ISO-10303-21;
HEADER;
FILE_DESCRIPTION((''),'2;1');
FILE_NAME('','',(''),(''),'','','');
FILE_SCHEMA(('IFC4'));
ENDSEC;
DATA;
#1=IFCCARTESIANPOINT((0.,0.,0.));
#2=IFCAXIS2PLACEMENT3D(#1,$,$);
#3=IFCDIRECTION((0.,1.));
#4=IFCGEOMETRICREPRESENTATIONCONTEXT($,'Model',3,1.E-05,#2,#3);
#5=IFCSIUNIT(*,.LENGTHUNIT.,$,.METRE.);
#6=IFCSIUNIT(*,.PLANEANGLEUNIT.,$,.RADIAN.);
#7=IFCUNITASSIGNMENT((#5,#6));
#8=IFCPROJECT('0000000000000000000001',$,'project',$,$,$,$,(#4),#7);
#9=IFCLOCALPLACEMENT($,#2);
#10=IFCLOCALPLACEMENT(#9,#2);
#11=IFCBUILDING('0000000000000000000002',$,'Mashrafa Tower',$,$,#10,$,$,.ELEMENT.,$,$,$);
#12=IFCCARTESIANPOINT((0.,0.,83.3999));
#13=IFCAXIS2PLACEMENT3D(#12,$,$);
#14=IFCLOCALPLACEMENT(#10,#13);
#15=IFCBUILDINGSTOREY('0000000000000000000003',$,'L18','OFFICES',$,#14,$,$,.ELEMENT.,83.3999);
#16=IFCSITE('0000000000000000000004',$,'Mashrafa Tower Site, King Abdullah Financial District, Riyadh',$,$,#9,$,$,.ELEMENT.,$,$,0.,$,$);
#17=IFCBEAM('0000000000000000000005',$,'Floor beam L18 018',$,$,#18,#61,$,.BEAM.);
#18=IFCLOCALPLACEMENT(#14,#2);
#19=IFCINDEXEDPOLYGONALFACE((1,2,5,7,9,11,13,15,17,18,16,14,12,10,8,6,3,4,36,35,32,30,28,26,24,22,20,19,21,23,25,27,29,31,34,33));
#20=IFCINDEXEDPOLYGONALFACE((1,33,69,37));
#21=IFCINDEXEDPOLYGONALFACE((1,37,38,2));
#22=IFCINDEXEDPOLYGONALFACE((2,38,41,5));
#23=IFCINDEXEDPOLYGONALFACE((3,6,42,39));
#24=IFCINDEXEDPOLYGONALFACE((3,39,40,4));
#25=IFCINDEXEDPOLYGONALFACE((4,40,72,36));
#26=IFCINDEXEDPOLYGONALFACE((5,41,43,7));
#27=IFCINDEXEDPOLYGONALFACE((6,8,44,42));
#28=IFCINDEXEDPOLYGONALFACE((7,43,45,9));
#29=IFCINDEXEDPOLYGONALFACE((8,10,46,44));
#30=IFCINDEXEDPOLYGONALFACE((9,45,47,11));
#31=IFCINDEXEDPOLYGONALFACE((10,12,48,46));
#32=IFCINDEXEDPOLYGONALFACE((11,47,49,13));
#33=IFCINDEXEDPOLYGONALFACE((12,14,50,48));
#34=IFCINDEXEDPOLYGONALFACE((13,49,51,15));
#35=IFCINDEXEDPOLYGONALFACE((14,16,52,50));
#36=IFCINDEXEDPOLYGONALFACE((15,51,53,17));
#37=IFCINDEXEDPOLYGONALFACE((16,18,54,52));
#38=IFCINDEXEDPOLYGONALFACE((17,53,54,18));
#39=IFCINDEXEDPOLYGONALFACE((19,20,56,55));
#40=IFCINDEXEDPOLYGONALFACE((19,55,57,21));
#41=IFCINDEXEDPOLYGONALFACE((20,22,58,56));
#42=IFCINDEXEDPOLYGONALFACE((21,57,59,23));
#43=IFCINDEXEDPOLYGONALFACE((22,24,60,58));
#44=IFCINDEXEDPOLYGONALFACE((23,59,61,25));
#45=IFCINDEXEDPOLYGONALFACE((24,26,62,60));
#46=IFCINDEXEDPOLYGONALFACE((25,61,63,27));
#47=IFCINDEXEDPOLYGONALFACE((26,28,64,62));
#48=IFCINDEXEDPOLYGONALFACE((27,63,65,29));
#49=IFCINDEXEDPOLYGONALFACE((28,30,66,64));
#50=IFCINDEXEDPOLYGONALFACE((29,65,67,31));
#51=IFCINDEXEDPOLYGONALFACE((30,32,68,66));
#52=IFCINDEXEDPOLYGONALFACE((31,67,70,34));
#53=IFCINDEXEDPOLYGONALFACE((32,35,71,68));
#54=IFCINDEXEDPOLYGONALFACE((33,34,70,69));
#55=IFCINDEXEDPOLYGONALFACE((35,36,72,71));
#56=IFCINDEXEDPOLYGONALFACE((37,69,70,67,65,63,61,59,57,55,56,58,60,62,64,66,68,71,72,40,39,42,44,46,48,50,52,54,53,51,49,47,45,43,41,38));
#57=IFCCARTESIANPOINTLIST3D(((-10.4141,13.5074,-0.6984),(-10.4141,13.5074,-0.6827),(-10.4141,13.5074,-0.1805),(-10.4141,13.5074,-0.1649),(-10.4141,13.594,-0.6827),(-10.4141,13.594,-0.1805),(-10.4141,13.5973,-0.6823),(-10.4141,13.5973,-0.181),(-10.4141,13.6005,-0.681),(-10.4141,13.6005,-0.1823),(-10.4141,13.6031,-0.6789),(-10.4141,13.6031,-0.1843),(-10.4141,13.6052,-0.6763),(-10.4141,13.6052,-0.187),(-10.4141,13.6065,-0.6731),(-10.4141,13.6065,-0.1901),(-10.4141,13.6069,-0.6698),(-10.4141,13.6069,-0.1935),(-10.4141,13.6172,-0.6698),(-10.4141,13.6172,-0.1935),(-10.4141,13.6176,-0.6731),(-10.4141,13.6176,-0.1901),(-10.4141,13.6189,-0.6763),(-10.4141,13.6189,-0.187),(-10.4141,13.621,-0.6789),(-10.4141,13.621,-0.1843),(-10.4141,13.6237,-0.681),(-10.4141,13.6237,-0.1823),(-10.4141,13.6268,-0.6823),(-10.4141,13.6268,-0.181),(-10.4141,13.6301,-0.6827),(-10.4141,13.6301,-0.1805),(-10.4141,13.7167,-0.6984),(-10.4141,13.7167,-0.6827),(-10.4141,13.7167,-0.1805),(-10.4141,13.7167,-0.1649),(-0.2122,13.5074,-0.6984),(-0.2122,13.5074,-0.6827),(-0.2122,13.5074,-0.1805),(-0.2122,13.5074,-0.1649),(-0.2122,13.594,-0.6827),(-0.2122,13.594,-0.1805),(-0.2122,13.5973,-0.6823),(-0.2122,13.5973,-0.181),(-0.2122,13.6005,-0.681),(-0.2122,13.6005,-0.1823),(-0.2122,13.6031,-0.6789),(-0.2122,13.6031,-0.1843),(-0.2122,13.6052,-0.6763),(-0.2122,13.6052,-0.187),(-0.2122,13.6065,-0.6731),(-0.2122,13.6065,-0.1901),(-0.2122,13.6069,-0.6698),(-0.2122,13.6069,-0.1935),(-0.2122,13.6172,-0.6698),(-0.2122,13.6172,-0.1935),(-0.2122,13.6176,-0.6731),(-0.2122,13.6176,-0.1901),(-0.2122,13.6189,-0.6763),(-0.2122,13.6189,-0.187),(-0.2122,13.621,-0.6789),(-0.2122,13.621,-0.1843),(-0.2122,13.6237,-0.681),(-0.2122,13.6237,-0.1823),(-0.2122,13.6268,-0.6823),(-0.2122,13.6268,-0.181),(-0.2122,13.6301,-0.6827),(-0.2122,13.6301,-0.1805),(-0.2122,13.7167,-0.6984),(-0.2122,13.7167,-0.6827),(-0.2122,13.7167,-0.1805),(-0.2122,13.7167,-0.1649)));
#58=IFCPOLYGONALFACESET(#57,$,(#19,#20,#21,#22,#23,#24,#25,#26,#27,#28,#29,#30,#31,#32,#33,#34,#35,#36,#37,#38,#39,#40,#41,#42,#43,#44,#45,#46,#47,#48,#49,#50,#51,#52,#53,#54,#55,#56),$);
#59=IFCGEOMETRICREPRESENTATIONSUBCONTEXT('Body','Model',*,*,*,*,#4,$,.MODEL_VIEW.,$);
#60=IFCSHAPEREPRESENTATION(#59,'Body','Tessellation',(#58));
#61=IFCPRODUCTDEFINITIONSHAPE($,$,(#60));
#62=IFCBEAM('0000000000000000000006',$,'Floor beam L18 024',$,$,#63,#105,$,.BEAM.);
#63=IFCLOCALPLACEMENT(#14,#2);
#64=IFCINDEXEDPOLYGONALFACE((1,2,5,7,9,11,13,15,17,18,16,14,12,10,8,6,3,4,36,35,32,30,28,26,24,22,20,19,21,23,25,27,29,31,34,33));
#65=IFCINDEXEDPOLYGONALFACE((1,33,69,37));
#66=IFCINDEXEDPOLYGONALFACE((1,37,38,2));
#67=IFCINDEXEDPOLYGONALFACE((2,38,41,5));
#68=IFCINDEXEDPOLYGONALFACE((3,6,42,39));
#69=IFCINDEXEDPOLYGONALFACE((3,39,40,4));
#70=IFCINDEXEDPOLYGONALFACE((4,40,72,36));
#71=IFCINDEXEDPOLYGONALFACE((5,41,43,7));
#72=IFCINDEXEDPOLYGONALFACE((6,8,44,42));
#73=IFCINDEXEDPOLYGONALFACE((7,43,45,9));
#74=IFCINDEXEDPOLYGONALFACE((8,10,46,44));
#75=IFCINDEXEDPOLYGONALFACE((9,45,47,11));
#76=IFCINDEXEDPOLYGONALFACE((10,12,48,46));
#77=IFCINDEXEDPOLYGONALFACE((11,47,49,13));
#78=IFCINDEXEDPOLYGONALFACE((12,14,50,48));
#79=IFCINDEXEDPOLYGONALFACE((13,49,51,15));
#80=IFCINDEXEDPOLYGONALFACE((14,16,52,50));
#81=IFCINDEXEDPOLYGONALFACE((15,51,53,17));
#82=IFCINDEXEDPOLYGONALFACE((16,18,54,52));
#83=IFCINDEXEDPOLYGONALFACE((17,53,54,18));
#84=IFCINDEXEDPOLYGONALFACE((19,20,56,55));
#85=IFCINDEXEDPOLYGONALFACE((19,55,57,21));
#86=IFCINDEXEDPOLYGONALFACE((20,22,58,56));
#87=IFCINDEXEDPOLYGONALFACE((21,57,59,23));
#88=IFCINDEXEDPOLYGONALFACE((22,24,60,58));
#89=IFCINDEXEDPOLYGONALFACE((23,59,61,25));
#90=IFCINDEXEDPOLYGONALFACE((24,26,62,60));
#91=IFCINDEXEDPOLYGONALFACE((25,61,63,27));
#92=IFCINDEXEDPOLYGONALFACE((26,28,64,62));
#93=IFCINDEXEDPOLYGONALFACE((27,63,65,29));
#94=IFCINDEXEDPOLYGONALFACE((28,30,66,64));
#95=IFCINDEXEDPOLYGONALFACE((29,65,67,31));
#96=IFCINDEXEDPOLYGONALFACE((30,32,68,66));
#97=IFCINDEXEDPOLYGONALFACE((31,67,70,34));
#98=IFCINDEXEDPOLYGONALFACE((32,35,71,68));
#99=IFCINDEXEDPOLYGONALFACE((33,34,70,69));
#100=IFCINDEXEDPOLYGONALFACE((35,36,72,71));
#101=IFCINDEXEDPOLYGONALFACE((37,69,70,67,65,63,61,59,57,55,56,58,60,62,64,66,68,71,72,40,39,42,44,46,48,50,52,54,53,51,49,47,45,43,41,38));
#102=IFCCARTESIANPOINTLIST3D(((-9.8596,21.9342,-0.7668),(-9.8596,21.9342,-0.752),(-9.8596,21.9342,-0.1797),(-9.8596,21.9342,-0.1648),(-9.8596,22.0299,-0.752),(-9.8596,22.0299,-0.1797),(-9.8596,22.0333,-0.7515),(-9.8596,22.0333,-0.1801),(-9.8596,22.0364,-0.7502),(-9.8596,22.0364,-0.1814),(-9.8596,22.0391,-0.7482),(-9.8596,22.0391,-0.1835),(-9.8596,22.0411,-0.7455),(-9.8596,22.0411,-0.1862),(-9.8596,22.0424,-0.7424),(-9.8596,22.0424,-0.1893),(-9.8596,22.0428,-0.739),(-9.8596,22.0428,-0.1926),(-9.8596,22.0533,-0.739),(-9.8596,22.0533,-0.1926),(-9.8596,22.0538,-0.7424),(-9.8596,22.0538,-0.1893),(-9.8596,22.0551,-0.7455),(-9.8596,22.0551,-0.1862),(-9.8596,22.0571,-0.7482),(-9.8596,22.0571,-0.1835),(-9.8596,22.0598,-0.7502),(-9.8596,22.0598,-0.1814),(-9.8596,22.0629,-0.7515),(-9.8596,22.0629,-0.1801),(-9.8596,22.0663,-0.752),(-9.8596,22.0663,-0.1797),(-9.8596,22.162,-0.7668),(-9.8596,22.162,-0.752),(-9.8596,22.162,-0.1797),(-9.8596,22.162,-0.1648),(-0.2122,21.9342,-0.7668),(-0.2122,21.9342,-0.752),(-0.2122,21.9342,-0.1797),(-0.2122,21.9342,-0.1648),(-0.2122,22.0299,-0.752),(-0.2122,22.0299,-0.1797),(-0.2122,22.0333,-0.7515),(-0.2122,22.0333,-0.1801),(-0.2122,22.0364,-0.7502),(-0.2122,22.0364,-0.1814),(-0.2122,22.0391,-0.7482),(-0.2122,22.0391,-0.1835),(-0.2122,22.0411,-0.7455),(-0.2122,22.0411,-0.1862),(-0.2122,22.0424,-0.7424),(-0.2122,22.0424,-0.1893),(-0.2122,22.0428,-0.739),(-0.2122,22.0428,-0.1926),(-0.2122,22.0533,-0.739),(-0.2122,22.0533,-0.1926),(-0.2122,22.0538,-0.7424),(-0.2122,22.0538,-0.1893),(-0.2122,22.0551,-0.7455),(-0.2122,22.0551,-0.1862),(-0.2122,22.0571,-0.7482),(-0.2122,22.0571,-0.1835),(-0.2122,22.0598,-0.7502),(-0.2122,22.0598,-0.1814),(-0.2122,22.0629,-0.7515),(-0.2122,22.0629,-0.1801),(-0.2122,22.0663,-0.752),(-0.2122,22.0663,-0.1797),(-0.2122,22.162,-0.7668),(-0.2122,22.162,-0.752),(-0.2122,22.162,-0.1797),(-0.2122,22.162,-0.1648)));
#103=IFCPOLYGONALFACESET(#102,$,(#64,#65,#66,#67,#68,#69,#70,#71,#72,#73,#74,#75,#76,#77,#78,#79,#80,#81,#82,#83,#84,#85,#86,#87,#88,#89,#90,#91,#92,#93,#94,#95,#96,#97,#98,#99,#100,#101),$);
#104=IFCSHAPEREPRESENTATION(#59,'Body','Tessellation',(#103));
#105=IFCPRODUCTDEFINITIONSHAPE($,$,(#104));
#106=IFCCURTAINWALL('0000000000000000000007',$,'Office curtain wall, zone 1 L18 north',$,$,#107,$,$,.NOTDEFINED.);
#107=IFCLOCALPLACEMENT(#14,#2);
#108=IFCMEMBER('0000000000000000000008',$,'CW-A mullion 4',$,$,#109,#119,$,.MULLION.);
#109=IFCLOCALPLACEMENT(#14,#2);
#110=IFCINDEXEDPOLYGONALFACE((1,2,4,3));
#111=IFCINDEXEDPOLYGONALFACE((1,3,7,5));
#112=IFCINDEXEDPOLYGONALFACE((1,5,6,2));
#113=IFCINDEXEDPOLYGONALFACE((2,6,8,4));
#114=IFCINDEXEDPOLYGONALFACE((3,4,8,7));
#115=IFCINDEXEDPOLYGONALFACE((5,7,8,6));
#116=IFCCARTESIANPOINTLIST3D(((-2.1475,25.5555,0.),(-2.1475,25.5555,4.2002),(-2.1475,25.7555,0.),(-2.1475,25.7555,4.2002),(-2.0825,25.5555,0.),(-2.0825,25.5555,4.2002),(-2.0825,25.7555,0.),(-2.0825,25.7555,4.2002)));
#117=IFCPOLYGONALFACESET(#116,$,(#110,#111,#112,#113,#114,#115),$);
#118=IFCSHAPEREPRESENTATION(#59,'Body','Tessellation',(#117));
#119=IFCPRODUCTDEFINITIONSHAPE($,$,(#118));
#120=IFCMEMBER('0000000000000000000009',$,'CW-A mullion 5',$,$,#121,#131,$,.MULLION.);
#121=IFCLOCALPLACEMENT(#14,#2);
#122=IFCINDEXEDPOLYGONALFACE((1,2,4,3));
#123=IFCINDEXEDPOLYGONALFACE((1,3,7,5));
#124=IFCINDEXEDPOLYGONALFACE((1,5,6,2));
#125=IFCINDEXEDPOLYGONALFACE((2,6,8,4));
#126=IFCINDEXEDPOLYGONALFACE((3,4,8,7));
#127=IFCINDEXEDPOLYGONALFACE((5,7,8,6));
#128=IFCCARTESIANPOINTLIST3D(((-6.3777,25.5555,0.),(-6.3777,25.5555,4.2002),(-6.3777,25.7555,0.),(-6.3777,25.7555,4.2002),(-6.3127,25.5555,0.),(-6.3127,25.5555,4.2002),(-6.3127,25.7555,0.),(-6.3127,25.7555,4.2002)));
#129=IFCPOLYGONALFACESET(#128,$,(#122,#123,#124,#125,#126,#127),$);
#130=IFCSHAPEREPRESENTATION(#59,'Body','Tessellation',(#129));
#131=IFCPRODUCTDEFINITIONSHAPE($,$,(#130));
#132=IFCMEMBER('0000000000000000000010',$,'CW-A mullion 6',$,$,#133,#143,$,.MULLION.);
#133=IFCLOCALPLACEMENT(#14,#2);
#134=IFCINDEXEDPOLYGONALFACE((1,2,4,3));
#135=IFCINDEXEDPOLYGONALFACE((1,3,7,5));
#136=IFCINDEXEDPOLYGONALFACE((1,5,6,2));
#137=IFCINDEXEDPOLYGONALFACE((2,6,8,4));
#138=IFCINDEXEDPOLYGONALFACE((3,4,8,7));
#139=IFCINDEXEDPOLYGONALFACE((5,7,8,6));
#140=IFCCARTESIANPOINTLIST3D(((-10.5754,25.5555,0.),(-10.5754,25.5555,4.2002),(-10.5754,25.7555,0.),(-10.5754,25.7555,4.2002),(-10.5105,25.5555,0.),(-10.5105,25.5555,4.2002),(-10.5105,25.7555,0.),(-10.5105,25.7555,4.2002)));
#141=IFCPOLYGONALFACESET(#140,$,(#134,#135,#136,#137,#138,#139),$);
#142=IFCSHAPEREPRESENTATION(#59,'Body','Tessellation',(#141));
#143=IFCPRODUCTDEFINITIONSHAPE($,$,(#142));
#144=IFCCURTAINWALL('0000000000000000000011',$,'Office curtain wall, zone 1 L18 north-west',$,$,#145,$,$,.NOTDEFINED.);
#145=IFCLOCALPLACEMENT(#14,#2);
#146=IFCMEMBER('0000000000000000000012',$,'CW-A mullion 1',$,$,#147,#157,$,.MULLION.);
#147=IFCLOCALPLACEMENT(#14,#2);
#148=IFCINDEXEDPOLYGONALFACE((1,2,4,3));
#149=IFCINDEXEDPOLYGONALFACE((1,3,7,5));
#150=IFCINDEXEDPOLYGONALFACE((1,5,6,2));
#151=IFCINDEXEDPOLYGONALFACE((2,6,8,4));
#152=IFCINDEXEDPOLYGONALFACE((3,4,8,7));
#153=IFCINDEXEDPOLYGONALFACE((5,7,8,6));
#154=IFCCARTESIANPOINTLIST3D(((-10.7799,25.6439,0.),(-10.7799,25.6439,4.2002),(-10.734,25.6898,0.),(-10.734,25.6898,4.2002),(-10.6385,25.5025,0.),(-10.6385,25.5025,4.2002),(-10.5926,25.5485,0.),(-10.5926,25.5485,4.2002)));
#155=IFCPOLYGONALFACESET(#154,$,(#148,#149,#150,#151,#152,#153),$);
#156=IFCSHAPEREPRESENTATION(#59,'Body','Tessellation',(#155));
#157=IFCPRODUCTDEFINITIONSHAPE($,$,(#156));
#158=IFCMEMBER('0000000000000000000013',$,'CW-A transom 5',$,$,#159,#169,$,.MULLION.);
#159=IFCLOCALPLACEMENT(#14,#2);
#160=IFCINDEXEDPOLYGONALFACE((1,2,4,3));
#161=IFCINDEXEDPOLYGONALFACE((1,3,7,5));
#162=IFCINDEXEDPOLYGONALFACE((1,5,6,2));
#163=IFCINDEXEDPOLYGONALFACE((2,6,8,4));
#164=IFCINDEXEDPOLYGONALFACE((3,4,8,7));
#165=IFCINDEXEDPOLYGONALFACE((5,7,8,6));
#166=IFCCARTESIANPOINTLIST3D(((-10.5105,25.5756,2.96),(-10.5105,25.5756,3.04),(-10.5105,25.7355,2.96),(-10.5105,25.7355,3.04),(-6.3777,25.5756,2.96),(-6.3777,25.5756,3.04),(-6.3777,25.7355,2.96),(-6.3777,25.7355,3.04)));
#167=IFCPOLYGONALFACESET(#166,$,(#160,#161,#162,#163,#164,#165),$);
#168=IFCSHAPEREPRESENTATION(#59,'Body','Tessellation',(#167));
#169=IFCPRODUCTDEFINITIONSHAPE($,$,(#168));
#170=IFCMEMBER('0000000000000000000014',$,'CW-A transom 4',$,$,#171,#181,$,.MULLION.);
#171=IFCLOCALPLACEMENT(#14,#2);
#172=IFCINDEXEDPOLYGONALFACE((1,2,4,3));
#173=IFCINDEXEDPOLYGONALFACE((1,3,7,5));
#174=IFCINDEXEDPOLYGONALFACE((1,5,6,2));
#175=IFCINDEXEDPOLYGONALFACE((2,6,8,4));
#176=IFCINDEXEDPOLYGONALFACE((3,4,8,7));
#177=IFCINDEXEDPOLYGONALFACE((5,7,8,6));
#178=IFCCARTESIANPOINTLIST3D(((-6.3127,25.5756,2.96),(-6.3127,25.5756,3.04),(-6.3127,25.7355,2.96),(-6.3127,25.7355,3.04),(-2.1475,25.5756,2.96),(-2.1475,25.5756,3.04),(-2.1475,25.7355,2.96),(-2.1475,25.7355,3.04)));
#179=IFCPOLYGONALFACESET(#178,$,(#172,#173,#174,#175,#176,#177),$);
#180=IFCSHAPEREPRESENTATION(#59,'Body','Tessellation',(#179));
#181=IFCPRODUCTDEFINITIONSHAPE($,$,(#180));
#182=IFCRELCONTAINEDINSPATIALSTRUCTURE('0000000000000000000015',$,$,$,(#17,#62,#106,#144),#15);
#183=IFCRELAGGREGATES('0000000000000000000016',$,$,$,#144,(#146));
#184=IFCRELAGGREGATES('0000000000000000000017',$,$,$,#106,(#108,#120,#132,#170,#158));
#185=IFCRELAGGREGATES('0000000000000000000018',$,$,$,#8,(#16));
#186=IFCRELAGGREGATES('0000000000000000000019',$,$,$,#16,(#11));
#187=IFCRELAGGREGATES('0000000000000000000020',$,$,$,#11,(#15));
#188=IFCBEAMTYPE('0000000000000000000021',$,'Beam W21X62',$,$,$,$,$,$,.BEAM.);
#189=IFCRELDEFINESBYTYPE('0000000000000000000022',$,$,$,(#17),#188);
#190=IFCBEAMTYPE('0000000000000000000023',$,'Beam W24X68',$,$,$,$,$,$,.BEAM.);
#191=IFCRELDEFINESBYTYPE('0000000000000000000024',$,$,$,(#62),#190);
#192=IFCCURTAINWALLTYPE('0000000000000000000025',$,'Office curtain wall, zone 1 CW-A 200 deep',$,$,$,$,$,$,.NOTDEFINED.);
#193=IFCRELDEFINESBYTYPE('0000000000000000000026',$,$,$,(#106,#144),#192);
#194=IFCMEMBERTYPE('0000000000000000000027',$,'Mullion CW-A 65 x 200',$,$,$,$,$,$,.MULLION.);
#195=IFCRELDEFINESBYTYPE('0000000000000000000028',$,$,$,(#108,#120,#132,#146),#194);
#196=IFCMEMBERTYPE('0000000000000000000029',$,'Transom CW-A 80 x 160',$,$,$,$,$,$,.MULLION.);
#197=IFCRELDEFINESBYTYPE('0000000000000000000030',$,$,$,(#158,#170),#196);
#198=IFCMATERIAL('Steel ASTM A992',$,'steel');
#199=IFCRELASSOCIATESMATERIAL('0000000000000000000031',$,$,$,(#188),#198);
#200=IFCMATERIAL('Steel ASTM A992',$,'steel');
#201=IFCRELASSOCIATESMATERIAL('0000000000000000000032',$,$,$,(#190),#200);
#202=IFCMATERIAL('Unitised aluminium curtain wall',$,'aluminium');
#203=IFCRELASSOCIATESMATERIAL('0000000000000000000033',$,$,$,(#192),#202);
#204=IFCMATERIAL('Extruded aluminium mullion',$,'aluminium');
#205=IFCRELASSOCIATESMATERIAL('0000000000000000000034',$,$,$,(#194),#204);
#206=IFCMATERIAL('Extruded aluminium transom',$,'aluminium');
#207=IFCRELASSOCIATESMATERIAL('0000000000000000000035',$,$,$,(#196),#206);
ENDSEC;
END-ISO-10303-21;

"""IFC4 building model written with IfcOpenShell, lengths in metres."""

from ifc_helpers import new_model, si_unit, direction, frame, origin, origin_2d, place, context, subcontext, project, spatial, rectangle, i_section, extrude, source, transform, mapped, material, material_profile, profile_set, type_object, type_shapes, element, aggregate, save


model = new_model("IFC4")

# Units and contexts
model_context = context("Model", 3, precision=1e-05, world=origin(), true_north=direction((0.0, 1.0)))
body_context = subcontext(model_context, "Body", "Model", "MODEL_VIEW")
ifc_project = project(units=[si_unit("LENGTHUNIT", "METRE"), si_unit("PLANEANGLEUNIT", "RADIAN")], contexts=[model_context])

# Site, building, storey
site_placement = place(None, origin())
site = spatial("IfcSite", under=ifc_project, at=site_placement, Name="Mashrafa Tower Site, King Abdullah Financial District, Riyadh", CompositionType="ELEMENT", RefElevation=0.0)
building_placement = place(site_placement, origin())
building = spatial("IfcBuilding", under=site, at=building_placement, Name="Mashrafa Tower", CompositionType="ELEMENT")
storey_placement = place(building_placement, frame((0.0, 0.0, 83.3999)))
storey = spatial("IfcBuildingStorey", under=building, at=storey_placement, Name="L18", Description="OFFICES", CompositionType="ELEMENT", Elevation=83.3999)

# Beams
ifc_material_1 = material(Name="Steel ASTM A992", Category="steel")
ifc_material_profile_1 = material_profile(ifc_material_1, i_section(OverallWidth=0.2092, OverallDepth=0.5334, WebThickness=0.0103, FlangeThickness=0.0156, FilletRadius=0.0129, at=origin_2d()), Name="W21X62")
ifc_profile_set_1 = profile_set([ifc_material_profile_1], Name="Steel ASTM A992")
beam_type_1 = type_object("IfcBeamType", Name="Beam W21X62", PredefinedType="BEAM", material=ifc_profile_set_1)
beam_1_placement = place(storey_placement, frame((-10.4141, 13.6121, -0.4316), z_axis=(1.0, 0.0, 0.0), x_axis=(0.0, 1.0, 0.0)))
element("IfcBeam", 1, at=beam_1_placement, inside=storey, type_object=beam_type_1, Name="Floor beam L18 018", PredefinedType="BEAM", context=body_context, shape_type="SweptSolid", body=[
    extrude(i_section(OverallWidth=0.2092, OverallDepth=0.5334, WebThickness=0.0103, FlangeThickness=0.0156, FilletRadius=0.0129, at=origin_2d()), origin(), (0.0, 0.0, 1.0), 10.2019),
])
ifc_material_2 = material(Name="Steel ASTM A992", Category="steel")
ifc_material_profile_2 = material_profile(ifc_material_2, i_section(OverallWidth=0.2278, OverallDepth=0.6021, WebThickness=0.0105, FlangeThickness=0.0149, FilletRadius=0.0129, at=origin_2d()), Name="W24X68")
ifc_profile_set_2 = profile_set([ifc_material_profile_2], Name="Steel ASTM A992")
beam_type_2 = type_object("IfcBeamType", Name="Beam W24X68", PredefinedType="BEAM", material=ifc_profile_set_2)
beam_2_placement = place(storey_placement, frame((-9.8596, 22.0481, -0.4658), z_axis=(1.0, 0.0, 0.0), x_axis=(0.0, 1.0, 0.0)))
element("IfcBeam", 2, at=beam_2_placement, inside=storey, type_object=beam_type_2, Name="Floor beam L18 024", PredefinedType="BEAM", context=body_context, shape_type="SweptSolid", body=[
    extrude(i_section(OverallWidth=0.2278, OverallDepth=0.6021, WebThickness=0.0105, FlangeThickness=0.0149, FilletRadius=0.0129, at=origin_2d()), origin(), (0.0, 0.0, 1.0), 9.6475),
])

# Curtain wall, members
ifc_material_3 = material(Name="Unitised aluminium curtain wall", Category="aluminium")
curtain_wall_type = type_object("IfcCurtainWallType", Name="Office curtain wall, zone 1 CW-A 200 deep", PredefinedType="NOTDEFINED", material=ifc_material_3)
curtain_wall_1_placement = place(storey_placement, origin())
curtain_wall_1 = element("IfcCurtainWall", 3, at=curtain_wall_1_placement, inside=storey, type_object=curtain_wall_type, Name="Office curtain wall, zone 1 L18 north", PredefinedType="NOTDEFINED")
ifc_material_4 = material(Name="Extruded aluminium mullion", Category="aluminium")
ifc_material_profile_3 = material_profile(ifc_material_4, rectangle(XDim=0.2, YDim=0.0649, at=origin_2d()), Name="Mullion 65x200")
ifc_profile_set_3 = profile_set([ifc_material_profile_3], Name="Extruded aluminium mullion")
member_type_1 = type_object("IfcMemberType", Name="Mullion CW-A 65 x 200", PredefinedType="MULLION", material=ifc_profile_set_3)
shared_shape_1 = source(origin(), body_context, "Body", "SweptSolid", [
    extrude(rectangle(XDim=0.2, YDim=0.0649, at=origin_2d()), origin(), (0.0, 0.0, 1.0), 4.2002),
])
type_shapes(member_type_1, [shared_shape_1])
member_1_placement = place(storey_placement, frame((-2.115, 25.6555, 0.0), z_axis=(0.0, 0.0, 1.0), x_axis=(0.0, -1.0, 0.0)))
member_1 = element("IfcMember", 4, at=member_1_placement, type_object=member_type_1, Name="CW-A mullion 4", PredefinedType="MULLION", context=body_context, shape_type="MappedRepresentation", body=[
    mapped(shared_shape_1, transform((0.0, 0.0, 0.0))),
])
member_2_placement = place(storey_placement, frame((-6.3452, 25.6555, 0.0), z_axis=(0.0, 0.0, 1.0), x_axis=(0.0, -1.0, 0.0)))
member_2 = element("IfcMember", 5, at=member_2_placement, type_object=member_type_1, Name="CW-A mullion 5", PredefinedType="MULLION", context=body_context, shape_type="MappedRepresentation", body=[
    mapped(shared_shape_1, transform((0.0, 0.0, 0.0))),
])
member_3_placement = place(storey_placement, frame((-10.543, 25.6555, 0.0), z_axis=(0.0, 0.0, 1.0), x_axis=(0.0, -1.0, 0.0)))
member_3 = element("IfcMember", 6, at=member_3_placement, type_object=member_type_1, Name="CW-A mullion 6", PredefinedType="MULLION", context=body_context, shape_type="MappedRepresentation", body=[
    mapped(shared_shape_1, transform((0.0, 0.0, 0.0))),
])

# Curtain wall, member
curtain_wall_2_placement = place(storey_placement, origin())
curtain_wall_2 = element("IfcCurtainWall", 7, at=curtain_wall_2_placement, inside=storey, type_object=curtain_wall_type, Name="Office curtain wall, zone 1 L18 north-west", PredefinedType="NOTDEFINED")
member_4_placement = place(storey_placement, frame((-10.6863, 25.5962, 0.0), z_axis=(0.0, 0.0, 1.0), x_axis=(0.707107, -0.707107, 0.0)))
member_4 = element("IfcMember", 8, at=member_4_placement, type_object=member_type_1, Name="CW-A mullion 1", PredefinedType="MULLION", context=body_context, shape_type="MappedRepresentation", body=[
    mapped(shared_shape_1, transform((0.0, 0.0, 0.0))),
])

# Members
ifc_material_5 = material(Name="Extruded aluminium transom", Category="aluminium")
ifc_material_profile_4 = material_profile(ifc_material_5, rectangle(XDim=0.1599, YDim=0.0801, at=origin_2d()), Name="Transom 80x160")
ifc_profile_set_4 = profile_set([ifc_material_profile_4], Name="Extruded aluminium transom")
member_type_2 = type_object("IfcMemberType", Name="Transom CW-A 80 x 160", PredefinedType="MULLION", material=ifc_profile_set_4)
shared_shape_2 = source(origin(), body_context, "Body", "SweptSolid", [
    extrude(rectangle(XDim=0.1599, YDim=0.0801, at=origin_2d()), origin(), (0.0, 0.0, 1.0), 4.1328),
])
member_5_placement = place(storey_placement, frame((-6.3777, 25.6555, 3.0), z_axis=(-1.0, 0.0, 0.0), x_axis=(0.0, -1.0, 0.0)))
member_5 = element("IfcMember", 9, at=member_5_placement, type_object=member_type_2, Name="CW-A transom 5", PredefinedType="MULLION", context=body_context, shape_type="MappedRepresentation", body=[
    mapped(shared_shape_2, transform((0.0, 0.0, 0.0))),
])
shared_shape_3 = source(origin(), body_context, "Body", "SweptSolid", [
    extrude(rectangle(XDim=0.1599, YDim=0.0801, at=origin_2d()), origin(), (0.0, 0.0, 1.0), 4.1653),
])
member_6_placement = place(storey_placement, frame((-2.1475, 25.6555, 3.0), z_axis=(-1.0, 0.0, 0.0), x_axis=(0.0, -1.0, 0.0)))
member_6 = element("IfcMember", 10, at=member_6_placement, type_object=member_type_2, Name="CW-A transom 4", PredefinedType="MULLION", context=body_context, shape_type="MappedRepresentation", body=[
    mapped(shared_shape_3, transform((0.0, 0.0, 0.0))),
])

aggregate(curtain_wall_2, [member_4])
aggregate(curtain_wall_1, [member_1, member_2, member_3, member_6, member_5])

save(model, "model.ifc")
